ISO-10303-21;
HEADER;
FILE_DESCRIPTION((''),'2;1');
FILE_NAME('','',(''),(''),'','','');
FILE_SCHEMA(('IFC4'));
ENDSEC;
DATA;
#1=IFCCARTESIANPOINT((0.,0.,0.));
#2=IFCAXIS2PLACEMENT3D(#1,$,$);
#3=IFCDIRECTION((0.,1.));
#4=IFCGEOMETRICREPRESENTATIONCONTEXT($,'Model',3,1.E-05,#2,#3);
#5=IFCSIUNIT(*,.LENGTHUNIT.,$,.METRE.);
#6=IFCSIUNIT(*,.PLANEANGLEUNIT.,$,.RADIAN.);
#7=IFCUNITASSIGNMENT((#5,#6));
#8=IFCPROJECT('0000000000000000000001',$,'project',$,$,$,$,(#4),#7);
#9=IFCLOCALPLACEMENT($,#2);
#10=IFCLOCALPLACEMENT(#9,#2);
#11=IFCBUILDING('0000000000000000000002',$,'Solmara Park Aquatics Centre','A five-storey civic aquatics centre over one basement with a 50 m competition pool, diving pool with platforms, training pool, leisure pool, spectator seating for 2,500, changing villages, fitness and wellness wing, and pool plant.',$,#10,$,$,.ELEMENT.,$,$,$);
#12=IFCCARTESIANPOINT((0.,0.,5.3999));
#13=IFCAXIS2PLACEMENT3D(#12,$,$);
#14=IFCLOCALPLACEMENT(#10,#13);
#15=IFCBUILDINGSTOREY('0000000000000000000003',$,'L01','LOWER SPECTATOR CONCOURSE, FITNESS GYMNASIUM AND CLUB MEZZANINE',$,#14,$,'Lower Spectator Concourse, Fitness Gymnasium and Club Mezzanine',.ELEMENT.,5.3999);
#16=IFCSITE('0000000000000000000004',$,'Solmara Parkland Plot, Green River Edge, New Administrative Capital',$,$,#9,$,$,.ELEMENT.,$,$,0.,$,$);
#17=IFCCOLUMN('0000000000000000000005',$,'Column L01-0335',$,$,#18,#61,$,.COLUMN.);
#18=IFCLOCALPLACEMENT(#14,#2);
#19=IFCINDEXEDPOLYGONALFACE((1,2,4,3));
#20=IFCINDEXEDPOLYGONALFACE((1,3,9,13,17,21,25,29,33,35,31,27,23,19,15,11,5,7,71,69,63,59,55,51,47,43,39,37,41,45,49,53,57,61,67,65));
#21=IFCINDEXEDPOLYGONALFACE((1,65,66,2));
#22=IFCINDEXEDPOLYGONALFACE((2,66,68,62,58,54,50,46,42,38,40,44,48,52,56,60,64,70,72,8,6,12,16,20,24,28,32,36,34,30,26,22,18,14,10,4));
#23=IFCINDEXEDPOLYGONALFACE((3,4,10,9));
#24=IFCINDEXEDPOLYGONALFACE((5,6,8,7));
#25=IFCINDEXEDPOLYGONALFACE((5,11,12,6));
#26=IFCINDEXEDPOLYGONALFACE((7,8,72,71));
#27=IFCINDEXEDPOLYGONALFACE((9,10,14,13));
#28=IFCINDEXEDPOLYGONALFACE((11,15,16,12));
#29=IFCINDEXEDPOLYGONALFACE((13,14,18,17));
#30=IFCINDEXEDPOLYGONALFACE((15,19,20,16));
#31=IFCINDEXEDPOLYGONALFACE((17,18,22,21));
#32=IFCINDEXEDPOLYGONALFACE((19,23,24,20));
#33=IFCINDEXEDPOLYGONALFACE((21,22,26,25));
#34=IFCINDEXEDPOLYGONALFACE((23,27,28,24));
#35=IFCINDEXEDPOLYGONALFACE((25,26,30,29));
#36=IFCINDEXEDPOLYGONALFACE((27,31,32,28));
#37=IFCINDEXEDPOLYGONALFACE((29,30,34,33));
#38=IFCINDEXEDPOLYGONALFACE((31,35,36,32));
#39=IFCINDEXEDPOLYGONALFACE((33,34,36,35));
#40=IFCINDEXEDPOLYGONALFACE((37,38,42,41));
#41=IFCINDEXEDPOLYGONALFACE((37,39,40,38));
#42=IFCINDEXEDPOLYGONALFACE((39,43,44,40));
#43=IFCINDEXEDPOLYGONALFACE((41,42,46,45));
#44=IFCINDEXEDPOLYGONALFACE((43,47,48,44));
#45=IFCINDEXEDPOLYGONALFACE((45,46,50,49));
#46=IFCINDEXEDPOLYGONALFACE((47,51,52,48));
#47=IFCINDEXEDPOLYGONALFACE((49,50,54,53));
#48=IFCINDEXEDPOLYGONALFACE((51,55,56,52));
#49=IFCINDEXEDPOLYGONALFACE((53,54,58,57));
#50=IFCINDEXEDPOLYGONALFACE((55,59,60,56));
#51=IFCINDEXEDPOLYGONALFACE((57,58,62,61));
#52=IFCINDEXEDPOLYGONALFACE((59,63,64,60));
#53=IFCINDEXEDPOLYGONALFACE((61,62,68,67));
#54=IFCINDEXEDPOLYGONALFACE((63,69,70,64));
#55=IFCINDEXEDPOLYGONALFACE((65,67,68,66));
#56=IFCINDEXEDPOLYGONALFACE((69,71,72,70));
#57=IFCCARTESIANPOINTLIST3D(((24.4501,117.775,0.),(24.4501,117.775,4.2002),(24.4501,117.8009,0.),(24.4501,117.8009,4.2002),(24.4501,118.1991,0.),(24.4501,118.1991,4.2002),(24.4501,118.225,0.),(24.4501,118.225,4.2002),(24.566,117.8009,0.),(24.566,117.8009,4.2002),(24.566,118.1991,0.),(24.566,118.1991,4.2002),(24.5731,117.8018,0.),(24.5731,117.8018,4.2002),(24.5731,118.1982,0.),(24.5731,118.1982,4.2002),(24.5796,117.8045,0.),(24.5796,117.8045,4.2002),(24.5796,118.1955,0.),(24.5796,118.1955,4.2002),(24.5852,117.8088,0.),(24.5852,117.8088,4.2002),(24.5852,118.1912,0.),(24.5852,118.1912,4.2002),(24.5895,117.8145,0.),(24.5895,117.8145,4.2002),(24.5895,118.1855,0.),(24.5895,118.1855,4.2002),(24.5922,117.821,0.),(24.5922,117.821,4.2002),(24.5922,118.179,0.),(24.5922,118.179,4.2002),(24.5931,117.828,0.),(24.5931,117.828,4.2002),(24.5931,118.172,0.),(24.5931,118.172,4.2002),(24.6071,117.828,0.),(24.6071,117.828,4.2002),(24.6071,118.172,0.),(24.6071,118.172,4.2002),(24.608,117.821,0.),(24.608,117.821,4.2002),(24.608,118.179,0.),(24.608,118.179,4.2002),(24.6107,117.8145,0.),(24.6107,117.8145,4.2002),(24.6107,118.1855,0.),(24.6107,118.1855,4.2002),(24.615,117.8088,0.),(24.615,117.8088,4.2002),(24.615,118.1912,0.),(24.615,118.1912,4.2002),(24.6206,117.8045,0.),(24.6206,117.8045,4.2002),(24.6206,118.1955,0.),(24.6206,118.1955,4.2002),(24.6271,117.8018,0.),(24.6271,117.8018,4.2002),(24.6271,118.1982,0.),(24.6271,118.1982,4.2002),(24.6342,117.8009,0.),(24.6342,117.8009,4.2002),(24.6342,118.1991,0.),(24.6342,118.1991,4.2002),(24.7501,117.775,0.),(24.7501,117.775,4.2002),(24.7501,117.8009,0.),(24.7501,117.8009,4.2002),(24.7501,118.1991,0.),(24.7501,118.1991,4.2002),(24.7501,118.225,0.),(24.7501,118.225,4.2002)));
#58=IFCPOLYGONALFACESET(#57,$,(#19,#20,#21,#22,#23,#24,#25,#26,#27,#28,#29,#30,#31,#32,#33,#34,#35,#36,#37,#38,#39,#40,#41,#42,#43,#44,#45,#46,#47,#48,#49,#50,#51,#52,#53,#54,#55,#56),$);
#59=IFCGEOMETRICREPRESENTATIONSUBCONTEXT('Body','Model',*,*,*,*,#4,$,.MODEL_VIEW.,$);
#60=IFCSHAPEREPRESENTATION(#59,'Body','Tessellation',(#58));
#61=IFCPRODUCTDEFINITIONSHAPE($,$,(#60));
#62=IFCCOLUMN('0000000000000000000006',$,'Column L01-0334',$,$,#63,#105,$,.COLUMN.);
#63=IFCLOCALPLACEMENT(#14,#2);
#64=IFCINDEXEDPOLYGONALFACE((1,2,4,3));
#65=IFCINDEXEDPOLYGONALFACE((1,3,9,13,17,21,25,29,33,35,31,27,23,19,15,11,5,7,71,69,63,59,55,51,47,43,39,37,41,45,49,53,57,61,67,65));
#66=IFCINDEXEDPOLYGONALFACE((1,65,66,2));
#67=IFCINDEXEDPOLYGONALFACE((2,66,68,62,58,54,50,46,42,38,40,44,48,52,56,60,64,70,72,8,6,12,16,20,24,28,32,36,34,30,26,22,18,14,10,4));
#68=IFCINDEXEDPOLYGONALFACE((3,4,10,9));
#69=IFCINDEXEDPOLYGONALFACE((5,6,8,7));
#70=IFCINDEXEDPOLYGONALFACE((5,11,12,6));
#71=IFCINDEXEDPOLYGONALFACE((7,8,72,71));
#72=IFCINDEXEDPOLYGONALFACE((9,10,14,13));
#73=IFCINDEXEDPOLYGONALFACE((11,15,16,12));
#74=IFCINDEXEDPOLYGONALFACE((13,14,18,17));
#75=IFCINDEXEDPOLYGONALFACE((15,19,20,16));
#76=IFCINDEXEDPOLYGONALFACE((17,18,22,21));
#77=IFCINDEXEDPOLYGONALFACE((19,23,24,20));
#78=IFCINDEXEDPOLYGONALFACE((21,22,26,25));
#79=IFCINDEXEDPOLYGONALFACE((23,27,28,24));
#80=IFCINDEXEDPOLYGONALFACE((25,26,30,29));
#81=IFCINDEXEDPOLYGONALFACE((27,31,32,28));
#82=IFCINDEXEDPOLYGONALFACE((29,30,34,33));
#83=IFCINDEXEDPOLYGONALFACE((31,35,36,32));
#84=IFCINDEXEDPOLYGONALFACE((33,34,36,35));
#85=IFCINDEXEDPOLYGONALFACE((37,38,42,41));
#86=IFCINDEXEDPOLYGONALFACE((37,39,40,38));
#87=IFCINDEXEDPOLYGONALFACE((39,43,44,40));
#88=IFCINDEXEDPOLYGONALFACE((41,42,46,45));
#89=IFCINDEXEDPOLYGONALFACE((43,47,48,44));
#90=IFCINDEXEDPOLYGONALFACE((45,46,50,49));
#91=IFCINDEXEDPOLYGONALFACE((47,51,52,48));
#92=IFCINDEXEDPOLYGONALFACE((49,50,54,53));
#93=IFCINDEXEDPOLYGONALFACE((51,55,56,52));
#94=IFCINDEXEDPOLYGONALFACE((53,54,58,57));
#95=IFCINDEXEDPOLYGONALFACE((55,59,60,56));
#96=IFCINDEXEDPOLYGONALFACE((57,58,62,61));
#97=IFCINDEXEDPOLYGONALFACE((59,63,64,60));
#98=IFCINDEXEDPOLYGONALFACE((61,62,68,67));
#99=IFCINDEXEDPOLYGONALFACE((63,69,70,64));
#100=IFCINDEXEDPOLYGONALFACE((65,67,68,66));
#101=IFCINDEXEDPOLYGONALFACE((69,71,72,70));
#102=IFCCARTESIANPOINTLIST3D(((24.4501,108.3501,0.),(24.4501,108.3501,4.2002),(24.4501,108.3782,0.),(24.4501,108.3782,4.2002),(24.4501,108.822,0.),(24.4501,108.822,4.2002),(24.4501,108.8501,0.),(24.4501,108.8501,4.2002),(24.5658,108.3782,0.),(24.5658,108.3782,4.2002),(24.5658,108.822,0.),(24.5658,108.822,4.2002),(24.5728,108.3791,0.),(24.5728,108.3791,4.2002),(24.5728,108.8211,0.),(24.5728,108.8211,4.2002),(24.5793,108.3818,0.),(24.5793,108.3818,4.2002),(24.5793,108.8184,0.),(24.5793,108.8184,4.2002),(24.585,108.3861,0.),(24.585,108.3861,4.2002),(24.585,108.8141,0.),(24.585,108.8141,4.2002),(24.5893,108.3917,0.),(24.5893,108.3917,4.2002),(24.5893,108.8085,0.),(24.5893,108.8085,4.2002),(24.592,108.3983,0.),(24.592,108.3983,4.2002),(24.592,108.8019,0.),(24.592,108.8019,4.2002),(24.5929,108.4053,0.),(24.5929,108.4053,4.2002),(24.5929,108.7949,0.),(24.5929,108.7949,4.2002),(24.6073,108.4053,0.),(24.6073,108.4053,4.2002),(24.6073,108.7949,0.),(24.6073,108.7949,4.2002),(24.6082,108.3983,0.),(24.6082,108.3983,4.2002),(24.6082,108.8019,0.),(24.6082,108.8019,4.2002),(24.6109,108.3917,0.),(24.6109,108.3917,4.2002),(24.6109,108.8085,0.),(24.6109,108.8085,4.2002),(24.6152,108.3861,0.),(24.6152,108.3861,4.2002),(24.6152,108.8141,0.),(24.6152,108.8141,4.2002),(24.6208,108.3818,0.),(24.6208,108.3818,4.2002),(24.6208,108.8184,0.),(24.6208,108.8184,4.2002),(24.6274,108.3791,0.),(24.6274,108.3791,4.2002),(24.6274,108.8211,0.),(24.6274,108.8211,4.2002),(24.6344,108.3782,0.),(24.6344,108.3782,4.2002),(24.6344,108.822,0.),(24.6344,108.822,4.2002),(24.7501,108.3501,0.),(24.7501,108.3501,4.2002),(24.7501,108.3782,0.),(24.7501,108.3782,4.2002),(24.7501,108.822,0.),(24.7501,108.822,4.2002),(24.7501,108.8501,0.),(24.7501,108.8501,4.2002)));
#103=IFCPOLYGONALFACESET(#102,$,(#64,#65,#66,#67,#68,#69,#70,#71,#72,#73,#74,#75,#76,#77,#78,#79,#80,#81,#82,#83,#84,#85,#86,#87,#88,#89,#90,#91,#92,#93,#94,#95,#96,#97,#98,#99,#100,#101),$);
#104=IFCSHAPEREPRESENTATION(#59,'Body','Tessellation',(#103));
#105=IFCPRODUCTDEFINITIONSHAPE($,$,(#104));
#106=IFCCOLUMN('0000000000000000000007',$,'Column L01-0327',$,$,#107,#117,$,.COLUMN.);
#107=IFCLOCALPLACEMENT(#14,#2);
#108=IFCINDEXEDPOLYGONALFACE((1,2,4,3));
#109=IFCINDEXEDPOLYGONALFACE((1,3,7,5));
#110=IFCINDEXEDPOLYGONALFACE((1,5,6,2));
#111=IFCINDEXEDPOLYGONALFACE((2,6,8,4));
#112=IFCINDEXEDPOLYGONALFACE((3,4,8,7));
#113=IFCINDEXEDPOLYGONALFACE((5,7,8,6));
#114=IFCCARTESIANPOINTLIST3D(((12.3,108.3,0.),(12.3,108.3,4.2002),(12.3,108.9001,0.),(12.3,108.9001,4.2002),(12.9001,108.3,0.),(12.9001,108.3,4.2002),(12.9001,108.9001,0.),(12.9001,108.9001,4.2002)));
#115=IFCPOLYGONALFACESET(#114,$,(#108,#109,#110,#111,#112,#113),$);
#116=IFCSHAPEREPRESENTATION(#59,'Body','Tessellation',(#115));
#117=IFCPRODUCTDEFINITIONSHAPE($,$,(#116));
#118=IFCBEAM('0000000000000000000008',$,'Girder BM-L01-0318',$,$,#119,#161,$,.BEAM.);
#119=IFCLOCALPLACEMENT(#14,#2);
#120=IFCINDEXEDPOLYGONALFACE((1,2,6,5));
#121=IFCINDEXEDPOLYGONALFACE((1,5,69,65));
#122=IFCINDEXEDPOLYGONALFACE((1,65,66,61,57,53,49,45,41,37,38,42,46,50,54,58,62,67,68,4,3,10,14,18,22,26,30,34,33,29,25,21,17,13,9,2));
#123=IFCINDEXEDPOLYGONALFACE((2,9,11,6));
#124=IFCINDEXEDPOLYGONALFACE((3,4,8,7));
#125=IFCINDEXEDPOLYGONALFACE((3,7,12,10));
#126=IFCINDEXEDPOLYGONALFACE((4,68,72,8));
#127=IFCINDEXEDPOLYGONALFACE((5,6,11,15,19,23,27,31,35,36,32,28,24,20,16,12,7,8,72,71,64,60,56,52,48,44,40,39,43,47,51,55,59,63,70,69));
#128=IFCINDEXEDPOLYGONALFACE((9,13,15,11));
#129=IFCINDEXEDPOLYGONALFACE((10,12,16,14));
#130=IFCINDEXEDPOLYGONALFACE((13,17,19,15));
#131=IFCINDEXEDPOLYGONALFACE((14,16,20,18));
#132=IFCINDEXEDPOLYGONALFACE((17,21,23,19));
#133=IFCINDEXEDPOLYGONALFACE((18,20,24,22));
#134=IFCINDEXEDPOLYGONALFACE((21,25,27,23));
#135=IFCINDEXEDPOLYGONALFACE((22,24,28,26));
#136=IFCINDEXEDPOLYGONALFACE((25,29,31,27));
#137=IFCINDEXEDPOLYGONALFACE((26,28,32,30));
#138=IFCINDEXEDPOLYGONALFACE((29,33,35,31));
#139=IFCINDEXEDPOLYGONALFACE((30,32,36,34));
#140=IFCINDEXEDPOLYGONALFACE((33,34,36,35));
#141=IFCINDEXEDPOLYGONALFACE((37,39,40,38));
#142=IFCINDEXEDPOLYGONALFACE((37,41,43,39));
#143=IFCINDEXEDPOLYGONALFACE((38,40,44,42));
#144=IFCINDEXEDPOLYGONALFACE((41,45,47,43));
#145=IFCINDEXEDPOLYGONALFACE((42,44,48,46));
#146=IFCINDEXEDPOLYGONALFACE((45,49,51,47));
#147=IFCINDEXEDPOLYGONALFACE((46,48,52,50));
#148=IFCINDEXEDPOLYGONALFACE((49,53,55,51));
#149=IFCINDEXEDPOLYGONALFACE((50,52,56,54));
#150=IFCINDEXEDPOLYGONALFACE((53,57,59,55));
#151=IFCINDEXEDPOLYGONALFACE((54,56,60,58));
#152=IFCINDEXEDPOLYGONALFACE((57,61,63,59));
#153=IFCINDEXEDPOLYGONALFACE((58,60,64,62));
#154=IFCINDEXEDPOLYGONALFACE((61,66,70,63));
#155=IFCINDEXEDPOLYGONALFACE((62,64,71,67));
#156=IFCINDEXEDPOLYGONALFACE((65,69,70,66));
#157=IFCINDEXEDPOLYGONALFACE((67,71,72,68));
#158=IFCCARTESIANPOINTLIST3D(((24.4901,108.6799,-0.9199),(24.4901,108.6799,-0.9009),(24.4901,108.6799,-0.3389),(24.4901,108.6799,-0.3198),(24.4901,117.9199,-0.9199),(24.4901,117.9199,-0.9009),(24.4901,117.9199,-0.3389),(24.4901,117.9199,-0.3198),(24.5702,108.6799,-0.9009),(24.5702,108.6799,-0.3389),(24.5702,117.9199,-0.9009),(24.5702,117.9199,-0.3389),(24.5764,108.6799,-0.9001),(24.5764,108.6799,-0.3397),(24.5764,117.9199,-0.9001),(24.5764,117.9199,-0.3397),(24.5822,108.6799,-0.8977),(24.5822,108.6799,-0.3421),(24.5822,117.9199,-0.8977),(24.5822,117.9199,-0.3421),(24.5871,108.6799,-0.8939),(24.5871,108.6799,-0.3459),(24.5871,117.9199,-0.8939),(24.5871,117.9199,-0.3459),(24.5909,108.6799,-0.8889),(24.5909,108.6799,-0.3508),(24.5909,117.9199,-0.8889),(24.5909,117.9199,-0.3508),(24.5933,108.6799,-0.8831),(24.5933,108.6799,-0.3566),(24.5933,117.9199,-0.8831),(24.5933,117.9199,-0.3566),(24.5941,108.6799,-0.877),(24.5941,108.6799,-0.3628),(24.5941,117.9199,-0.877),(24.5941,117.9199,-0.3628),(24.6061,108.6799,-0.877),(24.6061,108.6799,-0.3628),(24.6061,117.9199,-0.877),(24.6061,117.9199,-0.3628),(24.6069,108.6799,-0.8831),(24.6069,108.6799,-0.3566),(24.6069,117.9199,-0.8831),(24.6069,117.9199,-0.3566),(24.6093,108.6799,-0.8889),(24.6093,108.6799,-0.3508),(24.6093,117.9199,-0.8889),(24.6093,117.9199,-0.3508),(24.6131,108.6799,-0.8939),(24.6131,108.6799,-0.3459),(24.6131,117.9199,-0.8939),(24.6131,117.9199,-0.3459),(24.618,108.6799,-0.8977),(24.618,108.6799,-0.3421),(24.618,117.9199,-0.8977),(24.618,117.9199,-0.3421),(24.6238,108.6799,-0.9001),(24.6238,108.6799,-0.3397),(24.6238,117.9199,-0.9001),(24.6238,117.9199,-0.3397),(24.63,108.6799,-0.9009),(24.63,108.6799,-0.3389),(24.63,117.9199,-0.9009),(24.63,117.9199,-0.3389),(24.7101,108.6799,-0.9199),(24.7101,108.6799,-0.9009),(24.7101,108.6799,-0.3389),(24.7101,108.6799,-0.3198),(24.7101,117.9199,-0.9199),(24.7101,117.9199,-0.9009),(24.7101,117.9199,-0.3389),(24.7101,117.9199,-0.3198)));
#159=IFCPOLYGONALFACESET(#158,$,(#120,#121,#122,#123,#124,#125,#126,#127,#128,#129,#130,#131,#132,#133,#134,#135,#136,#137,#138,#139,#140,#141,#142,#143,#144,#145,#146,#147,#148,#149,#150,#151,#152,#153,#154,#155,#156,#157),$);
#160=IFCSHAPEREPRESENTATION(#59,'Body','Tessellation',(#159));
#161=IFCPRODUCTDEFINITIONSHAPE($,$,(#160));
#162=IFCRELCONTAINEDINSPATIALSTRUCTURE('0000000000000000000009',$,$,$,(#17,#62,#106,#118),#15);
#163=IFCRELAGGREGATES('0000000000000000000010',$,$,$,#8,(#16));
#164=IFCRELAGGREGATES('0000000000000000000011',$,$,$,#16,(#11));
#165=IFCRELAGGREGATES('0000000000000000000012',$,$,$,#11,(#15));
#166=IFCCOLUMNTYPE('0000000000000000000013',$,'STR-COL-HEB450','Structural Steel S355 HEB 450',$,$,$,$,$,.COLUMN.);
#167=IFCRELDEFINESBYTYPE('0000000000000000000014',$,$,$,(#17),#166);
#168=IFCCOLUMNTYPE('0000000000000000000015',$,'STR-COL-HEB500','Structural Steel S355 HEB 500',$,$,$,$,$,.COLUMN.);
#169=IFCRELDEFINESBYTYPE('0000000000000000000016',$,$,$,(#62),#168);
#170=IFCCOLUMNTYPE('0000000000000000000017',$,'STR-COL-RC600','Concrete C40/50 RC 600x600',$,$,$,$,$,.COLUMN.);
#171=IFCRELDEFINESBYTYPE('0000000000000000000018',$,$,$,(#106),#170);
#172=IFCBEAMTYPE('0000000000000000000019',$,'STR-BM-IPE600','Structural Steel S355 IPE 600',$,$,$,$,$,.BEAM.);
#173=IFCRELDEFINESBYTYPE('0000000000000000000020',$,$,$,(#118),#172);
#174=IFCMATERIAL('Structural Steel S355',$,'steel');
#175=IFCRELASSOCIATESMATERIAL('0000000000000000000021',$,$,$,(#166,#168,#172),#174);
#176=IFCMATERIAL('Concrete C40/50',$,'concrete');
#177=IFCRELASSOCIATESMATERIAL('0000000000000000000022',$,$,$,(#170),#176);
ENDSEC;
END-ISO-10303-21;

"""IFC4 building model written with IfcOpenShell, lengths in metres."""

from ifc_helpers import new_model, si_unit, direction, frame, origin, origin_2d, place, context, subcontext, project, spatial, rectangle, i_section, extrude, material, material_profile, profile_set, type_object, element, save


model = new_model("IFC4")

# Units and contexts
model_context = context("Model", 3, precision=1e-05, world=origin(), true_north=direction((0.0, 1.0)))
body_context = subcontext(model_context, "Body", "Model", "MODEL_VIEW")
ifc_project = project(units=[si_unit("LENGTHUNIT", "METRE"), si_unit("PLANEANGLEUNIT", "RADIAN")], contexts=[model_context])

# Site, building, storey
site_placement = place(None, origin())
site = spatial("IfcSite", under=ifc_project, at=site_placement, Name="Solmara Parkland Plot, Green River Edge, New Administrative Capital", CompositionType="ELEMENT", RefElevation=0.0)
building_placement = place(site_placement, origin())
building = spatial("IfcBuilding", under=site, at=building_placement, Name="Solmara Park Aquatics Centre", Description="A five-storey civic aquatics centre over one basement with a 50 m competition pool, diving pool with platforms, training pool, leisure pool, spectator seating for 2,500, changing villages, fitness and wellness wing, and pool plant.", CompositionType="ELEMENT")
storey_placement = place(building_placement, frame((0.0, 0.0, 5.3999)))
storey = spatial("IfcBuildingStorey", under=building, at=storey_placement, Name="L01", Description="LOWER SPECTATOR CONCOURSE, FITNESS GYMNASIUM AND CLUB MEZZANINE", LongName="Lower Spectator Concourse, Fitness Gymnasium and Club Mezzanine", CompositionType="ELEMENT", Elevation=5.3999)

# Columns
ifc_material_1 = material(Name="Structural Steel S355", Category="steel")
ifc_material_profile_1 = material_profile(ifc_material_1, i_section(OverallWidth=0.3, OverallDepth=0.45, WebThickness=0.0139, FlangeThickness=0.0259, FilletRadius=0.0271, at=origin_2d()), Name="HEB 450")
ifc_profile_set_1 = profile_set([ifc_material_profile_1], Name="Structural Steel S355")
column_type_1 = type_object("IfcColumnType", Name="STR-COL-HEB450", Description="Structural Steel S355 HEB 450", PredefinedType="COLUMN", material=ifc_profile_set_1)
column_1_placement = place(storey_placement, frame((24.6001, 118.0, 0.0), z_axis=(0.0, 0.0, 1.0), x_axis=(1.0, 0.0, 0.0)))
element("IfcColumn", 1, at=column_1_placement, inside=storey, type_object=column_type_1, Name="Column L01-0335", PredefinedType="COLUMN", context=body_context, shape_type="SweptSolid", body=[
    extrude(i_section(OverallWidth=0.3, OverallDepth=0.45, WebThickness=0.0139, FlangeThickness=0.0259, FilletRadius=0.0271, at=origin_2d()), origin(), (0.0, 0.0, 1.0), 4.2002),
])
ifc_material_profile_2 = material_profile(ifc_material_1, i_section(OverallWidth=0.3, OverallDepth=0.5, WebThickness=0.0144, FlangeThickness=0.0281, FilletRadius=0.0271, at=origin_2d()), Name="HEB 500")
ifc_profile_set_2 = profile_set([ifc_material_profile_2], Name="Structural Steel S355")
column_type_2 = type_object("IfcColumnType", Name="STR-COL-HEB500", Description="Structural Steel S355 HEB 500", PredefinedType="COLUMN", material=ifc_profile_set_2)
column_2_placement = place(storey_placement, frame((24.6001, 108.6001, 0.0), z_axis=(0.0, 0.0, 1.0), x_axis=(1.0, 0.0, 0.0)))
element("IfcColumn", 2, at=column_2_placement, inside=storey, type_object=column_type_2, Name="Column L01-0334", PredefinedType="COLUMN", context=body_context, shape_type="SweptSolid", body=[
    extrude(i_section(OverallWidth=0.3, OverallDepth=0.5, WebThickness=0.0144, FlangeThickness=0.0281, FilletRadius=0.0271, at=origin_2d()), origin(), (0.0, 0.0, 1.0), 4.2002),
])
ifc_material_2 = material(Name="Concrete C40/50", Category="concrete")
ifc_material_profile_3 = material_profile(ifc_material_2, rectangle(XDim=0.6001, YDim=0.6001, at=origin_2d()), Name="RC 600x600")
ifc_profile_set_3 = profile_set([ifc_material_profile_3], Name="Concrete C40/50")
column_type_3 = type_object("IfcColumnType", Name="STR-COL-RC600", Description="Concrete C40/50 RC 600x600", PredefinedType="COLUMN", material=ifc_profile_set_3)
column_3_placement = place(storey_placement, frame((12.6001, 108.6001, 0.0), z_axis=(0.0, 0.0, 1.0), x_axis=(1.0, 0.0, 0.0)))
element("IfcColumn", 3, at=column_3_placement, inside=storey, type_object=column_type_3, Name="Column L01-0327", PredefinedType="COLUMN", context=body_context, shape_type="SweptSolid", body=[
    extrude(rectangle(XDim=0.6001, YDim=0.6001, at=origin_2d()), origin(), (0.0, 0.0, 1.0), 4.2002),
])

# Beam
ifc_material_profile_4 = material_profile(ifc_material_1, i_section(OverallWidth=0.22, OverallDepth=0.6001, WebThickness=0.012, FlangeThickness=0.019, FilletRadius=0.0239, at=origin_2d()), Name="IPE 600")
ifc_profile_set_4 = profile_set([ifc_material_profile_4], Name="Structural Steel S355")
beam_type_1 = type_object("IfcBeamType", Name="STR-BM-IPE600", Description="Structural Steel S355 IPE 600", PredefinedType="BEAM", material=ifc_profile_set_4)
beam_1_placement = place(storey_placement, frame((24.6001, 108.6799, -0.6199), z_axis=(0.0, 1.0, 0.0), x_axis=(-1.0, 0.0, 0.0)))
element("IfcBeam", 4, at=beam_1_placement, inside=storey, type_object=beam_type_1, Name="Girder BM-L01-0318", PredefinedType="BEAM", context=body_context, shape_type="SweptSolid", body=[
    extrude(i_section(OverallWidth=0.22, OverallDepth=0.6001, WebThickness=0.012, FlangeThickness=0.019, FilletRadius=0.0239, at=origin_2d()), origin(), (0.0, 0.0, 1.0), 9.24),
])

save(model, "model.ifc")
